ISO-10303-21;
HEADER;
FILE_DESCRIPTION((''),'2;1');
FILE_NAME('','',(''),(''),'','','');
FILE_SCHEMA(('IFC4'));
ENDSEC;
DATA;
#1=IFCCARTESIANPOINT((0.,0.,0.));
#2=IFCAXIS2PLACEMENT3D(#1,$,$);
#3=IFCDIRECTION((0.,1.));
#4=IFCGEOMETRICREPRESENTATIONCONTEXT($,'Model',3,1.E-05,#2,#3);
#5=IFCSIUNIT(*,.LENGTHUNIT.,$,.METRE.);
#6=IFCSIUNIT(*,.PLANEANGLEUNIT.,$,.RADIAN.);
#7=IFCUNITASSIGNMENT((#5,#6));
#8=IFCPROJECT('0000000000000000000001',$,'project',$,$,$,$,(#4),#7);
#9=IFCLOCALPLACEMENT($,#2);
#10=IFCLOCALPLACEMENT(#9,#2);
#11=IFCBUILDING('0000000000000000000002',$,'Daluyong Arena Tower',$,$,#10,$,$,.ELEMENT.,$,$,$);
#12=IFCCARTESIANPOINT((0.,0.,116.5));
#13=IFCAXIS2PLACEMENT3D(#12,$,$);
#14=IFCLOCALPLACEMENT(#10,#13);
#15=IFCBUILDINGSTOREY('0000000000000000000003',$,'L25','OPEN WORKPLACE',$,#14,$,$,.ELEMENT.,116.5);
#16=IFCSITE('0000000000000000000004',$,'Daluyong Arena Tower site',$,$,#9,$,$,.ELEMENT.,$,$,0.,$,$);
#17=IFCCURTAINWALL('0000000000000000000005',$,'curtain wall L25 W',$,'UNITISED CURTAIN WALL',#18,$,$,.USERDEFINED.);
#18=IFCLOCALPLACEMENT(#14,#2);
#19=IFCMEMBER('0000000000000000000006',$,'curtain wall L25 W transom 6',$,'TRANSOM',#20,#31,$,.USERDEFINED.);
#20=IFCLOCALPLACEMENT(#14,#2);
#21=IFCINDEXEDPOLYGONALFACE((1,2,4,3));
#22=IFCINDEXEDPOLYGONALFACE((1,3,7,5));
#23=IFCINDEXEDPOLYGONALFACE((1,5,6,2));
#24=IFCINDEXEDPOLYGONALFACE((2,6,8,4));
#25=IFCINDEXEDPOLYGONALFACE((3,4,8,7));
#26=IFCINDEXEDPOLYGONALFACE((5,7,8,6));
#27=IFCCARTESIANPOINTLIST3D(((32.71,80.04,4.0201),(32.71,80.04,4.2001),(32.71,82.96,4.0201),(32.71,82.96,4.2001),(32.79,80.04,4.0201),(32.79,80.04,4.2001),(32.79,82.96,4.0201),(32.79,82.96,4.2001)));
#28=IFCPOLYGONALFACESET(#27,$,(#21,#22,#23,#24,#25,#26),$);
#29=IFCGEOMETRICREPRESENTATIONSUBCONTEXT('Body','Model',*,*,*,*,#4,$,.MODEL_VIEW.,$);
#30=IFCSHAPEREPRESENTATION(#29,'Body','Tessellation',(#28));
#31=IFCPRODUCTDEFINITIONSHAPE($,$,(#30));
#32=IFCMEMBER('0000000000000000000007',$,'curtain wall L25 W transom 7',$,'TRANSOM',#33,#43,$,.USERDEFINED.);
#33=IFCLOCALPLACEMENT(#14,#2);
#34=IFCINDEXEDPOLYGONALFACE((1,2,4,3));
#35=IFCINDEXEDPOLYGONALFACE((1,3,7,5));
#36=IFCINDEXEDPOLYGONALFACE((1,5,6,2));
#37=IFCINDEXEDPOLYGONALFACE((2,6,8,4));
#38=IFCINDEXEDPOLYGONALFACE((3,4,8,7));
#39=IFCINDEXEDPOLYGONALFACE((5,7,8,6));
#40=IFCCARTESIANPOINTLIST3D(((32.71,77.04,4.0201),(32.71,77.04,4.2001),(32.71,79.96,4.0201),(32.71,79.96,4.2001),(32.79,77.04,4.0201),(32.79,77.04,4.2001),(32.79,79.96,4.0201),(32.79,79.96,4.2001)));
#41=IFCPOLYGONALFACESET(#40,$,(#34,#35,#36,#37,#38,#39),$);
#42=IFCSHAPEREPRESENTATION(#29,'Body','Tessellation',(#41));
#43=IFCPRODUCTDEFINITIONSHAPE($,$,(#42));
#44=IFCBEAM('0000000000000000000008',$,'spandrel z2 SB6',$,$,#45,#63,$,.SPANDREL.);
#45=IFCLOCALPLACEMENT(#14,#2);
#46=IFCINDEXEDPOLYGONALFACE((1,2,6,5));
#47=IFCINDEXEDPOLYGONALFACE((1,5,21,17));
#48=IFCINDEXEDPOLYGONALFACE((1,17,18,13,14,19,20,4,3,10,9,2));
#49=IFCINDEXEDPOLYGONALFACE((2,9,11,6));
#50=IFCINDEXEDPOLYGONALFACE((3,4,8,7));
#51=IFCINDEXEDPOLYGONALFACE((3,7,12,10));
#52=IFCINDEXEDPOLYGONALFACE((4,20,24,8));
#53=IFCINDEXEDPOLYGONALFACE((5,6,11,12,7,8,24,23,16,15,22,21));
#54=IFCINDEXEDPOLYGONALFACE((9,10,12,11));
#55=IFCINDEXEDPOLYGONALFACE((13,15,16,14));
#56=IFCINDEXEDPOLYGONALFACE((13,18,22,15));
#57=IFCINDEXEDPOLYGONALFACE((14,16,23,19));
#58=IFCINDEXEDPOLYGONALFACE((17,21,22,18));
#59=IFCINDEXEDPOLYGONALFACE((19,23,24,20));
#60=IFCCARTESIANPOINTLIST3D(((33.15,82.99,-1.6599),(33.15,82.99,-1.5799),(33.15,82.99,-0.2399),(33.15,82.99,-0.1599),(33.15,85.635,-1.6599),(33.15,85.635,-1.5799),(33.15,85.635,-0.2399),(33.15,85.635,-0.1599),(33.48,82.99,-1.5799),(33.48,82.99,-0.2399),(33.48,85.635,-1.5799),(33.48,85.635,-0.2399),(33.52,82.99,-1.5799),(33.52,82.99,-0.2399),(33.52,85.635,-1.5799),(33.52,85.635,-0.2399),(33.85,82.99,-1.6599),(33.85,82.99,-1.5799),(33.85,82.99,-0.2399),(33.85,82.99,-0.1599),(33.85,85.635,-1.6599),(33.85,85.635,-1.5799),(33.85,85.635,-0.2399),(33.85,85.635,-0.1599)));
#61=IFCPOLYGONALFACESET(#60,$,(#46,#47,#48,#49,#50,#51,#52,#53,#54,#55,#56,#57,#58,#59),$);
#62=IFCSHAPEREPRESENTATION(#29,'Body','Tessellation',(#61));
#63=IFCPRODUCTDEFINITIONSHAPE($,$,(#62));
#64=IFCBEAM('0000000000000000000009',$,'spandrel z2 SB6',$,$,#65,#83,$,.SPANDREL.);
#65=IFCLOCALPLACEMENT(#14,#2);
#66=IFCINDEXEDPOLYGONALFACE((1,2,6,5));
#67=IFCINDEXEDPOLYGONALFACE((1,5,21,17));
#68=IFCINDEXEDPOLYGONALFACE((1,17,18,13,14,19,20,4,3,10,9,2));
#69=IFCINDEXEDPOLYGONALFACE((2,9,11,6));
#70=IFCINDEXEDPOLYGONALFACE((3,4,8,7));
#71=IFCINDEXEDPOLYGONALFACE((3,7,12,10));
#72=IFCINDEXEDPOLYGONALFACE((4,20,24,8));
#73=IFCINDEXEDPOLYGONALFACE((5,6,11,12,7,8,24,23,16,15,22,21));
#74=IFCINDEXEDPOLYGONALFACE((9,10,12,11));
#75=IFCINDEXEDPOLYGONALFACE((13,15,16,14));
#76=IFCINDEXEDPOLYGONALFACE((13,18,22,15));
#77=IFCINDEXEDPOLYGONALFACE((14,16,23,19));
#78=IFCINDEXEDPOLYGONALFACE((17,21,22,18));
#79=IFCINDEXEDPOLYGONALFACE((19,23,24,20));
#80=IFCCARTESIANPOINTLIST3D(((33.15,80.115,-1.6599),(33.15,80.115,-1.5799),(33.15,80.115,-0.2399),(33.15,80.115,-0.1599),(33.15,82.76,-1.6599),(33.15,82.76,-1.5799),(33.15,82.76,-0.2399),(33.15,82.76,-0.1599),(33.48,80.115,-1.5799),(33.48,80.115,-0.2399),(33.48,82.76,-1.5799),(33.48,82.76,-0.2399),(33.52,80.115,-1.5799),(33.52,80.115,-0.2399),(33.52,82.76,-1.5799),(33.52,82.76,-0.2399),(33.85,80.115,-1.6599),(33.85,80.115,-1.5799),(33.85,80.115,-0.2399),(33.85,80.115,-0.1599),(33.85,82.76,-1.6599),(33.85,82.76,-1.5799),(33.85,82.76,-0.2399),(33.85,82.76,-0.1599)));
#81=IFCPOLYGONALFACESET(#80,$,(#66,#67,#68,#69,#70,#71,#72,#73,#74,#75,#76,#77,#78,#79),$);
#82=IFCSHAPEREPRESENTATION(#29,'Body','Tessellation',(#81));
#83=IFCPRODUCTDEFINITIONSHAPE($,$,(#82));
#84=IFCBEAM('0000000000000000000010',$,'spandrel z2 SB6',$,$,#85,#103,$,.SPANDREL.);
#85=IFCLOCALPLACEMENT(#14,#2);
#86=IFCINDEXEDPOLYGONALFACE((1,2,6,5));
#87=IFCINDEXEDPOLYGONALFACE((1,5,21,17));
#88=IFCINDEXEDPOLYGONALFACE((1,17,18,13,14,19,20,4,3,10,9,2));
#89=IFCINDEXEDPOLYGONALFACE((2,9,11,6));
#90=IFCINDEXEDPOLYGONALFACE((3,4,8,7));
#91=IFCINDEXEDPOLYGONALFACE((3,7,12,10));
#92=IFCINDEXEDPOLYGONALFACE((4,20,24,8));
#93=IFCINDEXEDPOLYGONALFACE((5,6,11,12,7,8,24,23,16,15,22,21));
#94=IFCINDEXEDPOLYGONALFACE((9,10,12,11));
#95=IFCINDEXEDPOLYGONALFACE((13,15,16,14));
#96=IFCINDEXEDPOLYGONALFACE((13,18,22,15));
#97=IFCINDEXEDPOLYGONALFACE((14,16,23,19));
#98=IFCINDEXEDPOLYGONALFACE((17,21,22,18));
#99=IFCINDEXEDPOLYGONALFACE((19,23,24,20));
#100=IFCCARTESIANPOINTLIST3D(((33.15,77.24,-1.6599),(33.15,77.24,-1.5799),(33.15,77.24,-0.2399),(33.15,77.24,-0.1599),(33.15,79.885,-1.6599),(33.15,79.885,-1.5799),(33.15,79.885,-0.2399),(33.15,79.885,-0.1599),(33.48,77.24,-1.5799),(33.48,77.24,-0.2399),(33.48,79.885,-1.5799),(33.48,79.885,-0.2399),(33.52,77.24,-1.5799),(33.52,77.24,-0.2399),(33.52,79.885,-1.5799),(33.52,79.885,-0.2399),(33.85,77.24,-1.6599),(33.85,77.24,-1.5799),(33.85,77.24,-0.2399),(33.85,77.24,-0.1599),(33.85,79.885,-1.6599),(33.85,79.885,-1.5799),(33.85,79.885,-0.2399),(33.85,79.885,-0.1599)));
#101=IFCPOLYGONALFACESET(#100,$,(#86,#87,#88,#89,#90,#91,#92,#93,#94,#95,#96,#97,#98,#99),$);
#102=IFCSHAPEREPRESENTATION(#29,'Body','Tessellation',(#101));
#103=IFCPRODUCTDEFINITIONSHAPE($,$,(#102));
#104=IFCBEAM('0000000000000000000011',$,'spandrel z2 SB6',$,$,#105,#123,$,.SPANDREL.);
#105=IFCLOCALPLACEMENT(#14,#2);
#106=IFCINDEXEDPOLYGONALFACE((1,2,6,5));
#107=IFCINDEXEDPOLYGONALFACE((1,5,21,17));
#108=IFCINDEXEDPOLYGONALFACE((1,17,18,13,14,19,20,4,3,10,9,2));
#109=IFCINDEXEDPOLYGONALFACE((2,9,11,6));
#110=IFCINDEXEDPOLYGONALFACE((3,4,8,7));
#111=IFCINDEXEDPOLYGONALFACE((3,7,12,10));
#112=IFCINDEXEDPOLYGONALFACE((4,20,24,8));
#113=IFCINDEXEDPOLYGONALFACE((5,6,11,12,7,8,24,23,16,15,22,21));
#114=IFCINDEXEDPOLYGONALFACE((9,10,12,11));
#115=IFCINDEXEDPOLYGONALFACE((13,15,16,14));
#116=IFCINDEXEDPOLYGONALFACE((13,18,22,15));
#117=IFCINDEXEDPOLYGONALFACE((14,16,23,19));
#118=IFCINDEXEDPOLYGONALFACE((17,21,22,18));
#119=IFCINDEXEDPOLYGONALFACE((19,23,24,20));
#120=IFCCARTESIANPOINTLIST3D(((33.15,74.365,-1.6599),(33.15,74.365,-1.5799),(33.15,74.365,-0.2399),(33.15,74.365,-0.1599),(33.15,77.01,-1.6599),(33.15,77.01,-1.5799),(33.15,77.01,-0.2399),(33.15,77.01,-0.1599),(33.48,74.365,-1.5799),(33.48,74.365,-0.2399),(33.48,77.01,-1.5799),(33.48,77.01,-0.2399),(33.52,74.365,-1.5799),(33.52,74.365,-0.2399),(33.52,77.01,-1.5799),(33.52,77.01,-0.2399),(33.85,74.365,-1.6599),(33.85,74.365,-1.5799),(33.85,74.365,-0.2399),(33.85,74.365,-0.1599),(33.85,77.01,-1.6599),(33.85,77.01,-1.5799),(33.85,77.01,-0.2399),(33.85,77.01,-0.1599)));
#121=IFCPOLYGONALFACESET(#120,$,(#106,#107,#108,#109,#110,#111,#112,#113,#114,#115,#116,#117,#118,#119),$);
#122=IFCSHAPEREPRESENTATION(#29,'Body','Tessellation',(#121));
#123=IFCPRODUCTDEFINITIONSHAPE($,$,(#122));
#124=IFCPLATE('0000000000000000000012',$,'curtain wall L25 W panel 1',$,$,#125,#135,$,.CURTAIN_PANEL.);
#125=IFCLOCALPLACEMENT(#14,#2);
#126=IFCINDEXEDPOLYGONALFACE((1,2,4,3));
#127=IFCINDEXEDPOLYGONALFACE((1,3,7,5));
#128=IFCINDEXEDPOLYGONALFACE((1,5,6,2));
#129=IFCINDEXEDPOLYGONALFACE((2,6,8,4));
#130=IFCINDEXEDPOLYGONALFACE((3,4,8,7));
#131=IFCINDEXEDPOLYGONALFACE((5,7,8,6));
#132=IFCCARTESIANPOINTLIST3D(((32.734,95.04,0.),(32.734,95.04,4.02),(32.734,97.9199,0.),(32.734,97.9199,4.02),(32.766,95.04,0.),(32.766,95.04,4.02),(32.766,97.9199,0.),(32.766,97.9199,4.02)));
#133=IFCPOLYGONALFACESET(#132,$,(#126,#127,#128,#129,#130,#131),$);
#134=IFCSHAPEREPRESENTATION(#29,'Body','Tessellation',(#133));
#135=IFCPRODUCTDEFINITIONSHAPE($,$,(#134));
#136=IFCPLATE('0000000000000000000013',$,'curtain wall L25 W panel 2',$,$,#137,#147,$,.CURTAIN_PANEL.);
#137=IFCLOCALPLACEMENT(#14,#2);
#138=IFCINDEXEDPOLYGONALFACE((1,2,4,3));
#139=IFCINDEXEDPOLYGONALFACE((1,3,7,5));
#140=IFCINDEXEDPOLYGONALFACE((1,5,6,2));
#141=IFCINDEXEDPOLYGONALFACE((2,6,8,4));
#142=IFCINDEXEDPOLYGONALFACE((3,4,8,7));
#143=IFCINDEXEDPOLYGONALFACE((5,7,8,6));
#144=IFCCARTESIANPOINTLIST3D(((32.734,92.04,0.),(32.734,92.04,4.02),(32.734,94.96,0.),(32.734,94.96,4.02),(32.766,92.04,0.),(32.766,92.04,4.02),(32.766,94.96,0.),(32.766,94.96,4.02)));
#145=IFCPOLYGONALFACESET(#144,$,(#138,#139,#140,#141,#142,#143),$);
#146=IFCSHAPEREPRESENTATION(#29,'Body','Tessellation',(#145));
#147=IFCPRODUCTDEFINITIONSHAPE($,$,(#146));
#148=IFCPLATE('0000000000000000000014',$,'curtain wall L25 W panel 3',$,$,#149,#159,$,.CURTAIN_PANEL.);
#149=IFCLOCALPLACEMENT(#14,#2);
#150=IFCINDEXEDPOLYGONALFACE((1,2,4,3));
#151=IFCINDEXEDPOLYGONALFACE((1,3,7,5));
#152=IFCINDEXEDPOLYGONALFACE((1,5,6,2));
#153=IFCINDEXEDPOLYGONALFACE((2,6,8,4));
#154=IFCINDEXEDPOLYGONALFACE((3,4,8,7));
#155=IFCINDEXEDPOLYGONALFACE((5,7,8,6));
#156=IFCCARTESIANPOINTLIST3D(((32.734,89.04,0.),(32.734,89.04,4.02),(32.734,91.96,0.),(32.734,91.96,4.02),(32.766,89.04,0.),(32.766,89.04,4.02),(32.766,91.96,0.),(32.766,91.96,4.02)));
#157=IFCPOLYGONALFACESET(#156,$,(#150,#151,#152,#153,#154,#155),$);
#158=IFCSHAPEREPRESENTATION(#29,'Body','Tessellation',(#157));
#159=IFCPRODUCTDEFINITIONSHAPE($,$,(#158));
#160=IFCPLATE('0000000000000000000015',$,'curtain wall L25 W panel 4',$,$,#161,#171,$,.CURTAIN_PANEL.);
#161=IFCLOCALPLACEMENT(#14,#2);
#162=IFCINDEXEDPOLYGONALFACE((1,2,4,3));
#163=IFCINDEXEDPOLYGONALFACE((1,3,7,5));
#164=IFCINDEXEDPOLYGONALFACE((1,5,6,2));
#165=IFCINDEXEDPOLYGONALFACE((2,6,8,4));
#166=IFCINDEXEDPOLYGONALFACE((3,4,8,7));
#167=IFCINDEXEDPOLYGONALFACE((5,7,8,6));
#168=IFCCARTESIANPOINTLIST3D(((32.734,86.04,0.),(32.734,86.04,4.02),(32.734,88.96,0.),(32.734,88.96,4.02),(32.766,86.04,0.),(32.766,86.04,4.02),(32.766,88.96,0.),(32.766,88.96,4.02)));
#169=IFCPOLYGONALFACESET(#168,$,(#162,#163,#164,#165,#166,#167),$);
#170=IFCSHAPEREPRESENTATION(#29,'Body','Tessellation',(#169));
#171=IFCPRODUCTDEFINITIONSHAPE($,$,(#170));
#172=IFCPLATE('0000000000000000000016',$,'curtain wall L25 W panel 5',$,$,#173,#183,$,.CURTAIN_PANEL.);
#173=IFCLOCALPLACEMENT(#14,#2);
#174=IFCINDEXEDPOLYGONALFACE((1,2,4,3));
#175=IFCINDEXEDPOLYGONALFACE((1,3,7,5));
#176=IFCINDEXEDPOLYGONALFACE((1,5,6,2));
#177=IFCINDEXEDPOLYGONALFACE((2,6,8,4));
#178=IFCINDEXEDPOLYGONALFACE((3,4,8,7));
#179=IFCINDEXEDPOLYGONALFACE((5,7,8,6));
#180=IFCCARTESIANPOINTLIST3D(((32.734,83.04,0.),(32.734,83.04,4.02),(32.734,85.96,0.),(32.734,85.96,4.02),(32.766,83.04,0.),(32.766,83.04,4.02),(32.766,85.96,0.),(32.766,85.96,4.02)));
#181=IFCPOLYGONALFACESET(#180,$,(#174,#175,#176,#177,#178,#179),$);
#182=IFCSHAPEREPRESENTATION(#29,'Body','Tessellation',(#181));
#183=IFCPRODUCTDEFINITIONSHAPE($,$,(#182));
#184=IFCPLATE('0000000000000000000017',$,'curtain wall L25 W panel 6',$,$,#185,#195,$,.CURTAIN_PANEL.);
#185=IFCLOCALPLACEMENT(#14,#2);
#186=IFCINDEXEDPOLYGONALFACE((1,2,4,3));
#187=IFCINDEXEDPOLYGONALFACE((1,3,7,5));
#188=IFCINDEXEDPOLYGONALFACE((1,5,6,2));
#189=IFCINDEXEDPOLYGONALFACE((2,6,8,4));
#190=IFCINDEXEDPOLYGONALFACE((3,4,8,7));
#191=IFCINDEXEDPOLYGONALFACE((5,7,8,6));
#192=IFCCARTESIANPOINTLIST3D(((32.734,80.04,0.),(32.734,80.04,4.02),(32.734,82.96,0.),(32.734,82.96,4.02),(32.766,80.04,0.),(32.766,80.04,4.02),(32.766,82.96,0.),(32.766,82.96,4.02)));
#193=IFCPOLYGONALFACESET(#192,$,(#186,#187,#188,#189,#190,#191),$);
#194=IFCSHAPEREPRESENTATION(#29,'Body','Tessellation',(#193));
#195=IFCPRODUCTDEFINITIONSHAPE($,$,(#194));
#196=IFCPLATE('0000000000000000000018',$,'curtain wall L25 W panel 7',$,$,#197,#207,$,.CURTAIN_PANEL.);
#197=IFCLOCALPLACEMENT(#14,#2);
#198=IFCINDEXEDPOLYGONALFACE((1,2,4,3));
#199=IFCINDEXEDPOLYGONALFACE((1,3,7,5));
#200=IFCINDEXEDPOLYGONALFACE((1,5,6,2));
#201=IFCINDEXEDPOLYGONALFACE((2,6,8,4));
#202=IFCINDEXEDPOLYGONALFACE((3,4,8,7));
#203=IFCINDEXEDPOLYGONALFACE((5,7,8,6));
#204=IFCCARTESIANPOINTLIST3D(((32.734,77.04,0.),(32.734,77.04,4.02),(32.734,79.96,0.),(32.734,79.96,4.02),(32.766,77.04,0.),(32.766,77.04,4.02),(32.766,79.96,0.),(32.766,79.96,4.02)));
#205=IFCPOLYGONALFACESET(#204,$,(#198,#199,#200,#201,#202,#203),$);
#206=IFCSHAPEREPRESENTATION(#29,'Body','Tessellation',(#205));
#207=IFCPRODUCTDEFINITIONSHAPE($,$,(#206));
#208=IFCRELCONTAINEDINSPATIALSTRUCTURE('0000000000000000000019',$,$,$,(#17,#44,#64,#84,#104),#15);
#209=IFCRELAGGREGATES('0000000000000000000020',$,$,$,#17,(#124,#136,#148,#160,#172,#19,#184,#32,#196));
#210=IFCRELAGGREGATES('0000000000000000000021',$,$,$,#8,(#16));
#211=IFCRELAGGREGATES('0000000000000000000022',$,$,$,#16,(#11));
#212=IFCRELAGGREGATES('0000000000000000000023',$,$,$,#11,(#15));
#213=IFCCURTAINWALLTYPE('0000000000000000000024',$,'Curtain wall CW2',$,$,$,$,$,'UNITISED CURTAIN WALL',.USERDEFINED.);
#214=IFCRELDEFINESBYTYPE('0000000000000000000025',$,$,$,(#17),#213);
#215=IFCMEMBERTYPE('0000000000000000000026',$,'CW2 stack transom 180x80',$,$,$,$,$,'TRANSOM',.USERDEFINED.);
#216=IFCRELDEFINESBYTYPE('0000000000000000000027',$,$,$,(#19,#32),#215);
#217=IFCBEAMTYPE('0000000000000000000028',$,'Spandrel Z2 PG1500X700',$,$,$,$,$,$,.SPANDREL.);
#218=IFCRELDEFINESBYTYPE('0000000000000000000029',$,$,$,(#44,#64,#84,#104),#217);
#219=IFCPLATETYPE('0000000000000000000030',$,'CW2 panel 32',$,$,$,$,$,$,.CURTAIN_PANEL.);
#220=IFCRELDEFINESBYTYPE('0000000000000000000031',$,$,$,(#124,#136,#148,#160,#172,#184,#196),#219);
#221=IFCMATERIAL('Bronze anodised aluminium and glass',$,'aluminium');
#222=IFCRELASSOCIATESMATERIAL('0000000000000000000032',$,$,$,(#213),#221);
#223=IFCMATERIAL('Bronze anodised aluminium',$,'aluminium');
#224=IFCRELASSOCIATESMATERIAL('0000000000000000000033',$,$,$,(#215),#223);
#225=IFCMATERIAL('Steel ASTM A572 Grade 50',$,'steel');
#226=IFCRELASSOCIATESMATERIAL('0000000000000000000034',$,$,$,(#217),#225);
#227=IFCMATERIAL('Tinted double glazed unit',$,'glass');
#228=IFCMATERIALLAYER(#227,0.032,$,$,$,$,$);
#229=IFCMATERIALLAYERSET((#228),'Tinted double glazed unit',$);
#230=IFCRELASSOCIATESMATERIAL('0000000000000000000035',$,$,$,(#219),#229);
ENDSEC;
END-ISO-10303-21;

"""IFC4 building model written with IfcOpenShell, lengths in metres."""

from ifc_helpers import new_model, si_unit, direction, frame, origin, origin_2d, place, context, subcontext, project, spatial, rectangle, i_section, extrude, material, layer, layer_set, material_profile, profile_set, type_object, element, aggregate, save


model = new_model("IFC4")

# Units and contexts
model_context = context("Model", 3, precision=1e-05, world=origin(), true_north=direction((0.0, 1.0)))
body_context = subcontext(model_context, "Body", "Model", "MODEL_VIEW")
ifc_project = project(units=[si_unit("LENGTHUNIT", "METRE"), si_unit("PLANEANGLEUNIT", "RADIAN")], contexts=[model_context])

# Site, building, storey
site_placement = place(None, origin())
site = spatial("IfcSite", under=ifc_project, at=site_placement, Name="Daluyong Arena Tower site", CompositionType="ELEMENT", RefElevation=0.0)
building_placement = place(site_placement, origin())
building = spatial("IfcBuilding", under=site, at=building_placement, Name="Daluyong Arena Tower", CompositionType="ELEMENT")
storey_placement = place(building_placement, frame((0.0, 0.0, 116.5)))
storey = spatial("IfcBuildingStorey", under=building, at=storey_placement, Name="L25", Description="OPEN WORKPLACE", CompositionType="ELEMENT", Elevation=116.5)

# Curtain wall, members
ifc_material_1 = material(Name="Bronze anodised aluminium and glass", Category="aluminium")
curtain_wall_type = type_object("IfcCurtainWallType", Name="Curtain wall CW2", ElementType="UNITISED CURTAIN WALL", PredefinedType="USERDEFINED", material=ifc_material_1)
curtain_wall_placement = place(storey_placement, origin())
curtain_wall = element("IfcCurtainWall", 1, at=curtain_wall_placement, inside=storey, type_object=curtain_wall_type, Name="curtain wall L25 W", ObjectType="UNITISED CURTAIN WALL", PredefinedType="USERDEFINED")
ifc_material_2 = material(Name="Bronze anodised aluminium", Category="aluminium")
ifc_material_profile_1 = material_profile(ifc_material_2, rectangle(XDim=0.0801, YDim=0.1799, at=origin_2d()))
ifc_profile_set_1 = profile_set([ifc_material_profile_1], Name="Bronze anodised aluminium")
member_type_1 = type_object("IfcMemberType", Name="CW2 stack transom 180x80", ElementType="TRANSOM", PredefinedType="USERDEFINED", material=ifc_profile_set_1)
member_1_placement = place(storey_placement, frame((32.75, 82.96, 4.1101), z_axis=(0.0, -1.0, 0.0), x_axis=(1.0, 0.0, 0.0)))
member_1 = element("IfcMember", 2, at=member_1_placement, type_object=member_type_1, Name="curtain wall L25 W transom 6", ObjectType="TRANSOM", PredefinedType="USERDEFINED", context=body_context, shape_type="SweptSolid", body=[
    extrude(rectangle(XDim=0.0801, YDim=0.1799, at=origin_2d()), origin(), (0.0, 0.0, 1.0), 2.9199),
])
member_2_placement = place(storey_placement, frame((32.75, 79.96, 4.1101), z_axis=(0.0, -1.0, 0.0), x_axis=(1.0, 0.0, 0.0)))
member_2 = element("IfcMember", 3, at=member_2_placement, type_object=member_type_1, Name="curtain wall L25 W transom 7", ObjectType="TRANSOM", PredefinedType="USERDEFINED", context=body_context, shape_type="SweptSolid", body=[
    extrude(rectangle(XDim=0.0801, YDim=0.1799, at=origin_2d()), origin(), (0.0, 0.0, 1.0), 2.9199),
])

# Beams
ifc_material_3 = material(Name="Steel ASTM A572 Grade 50", Category="steel")
ifc_material_profile_2 = material_profile(ifc_material_3, i_section(OverallWidth=0.7, OverallDepth=1.5, WebThickness=0.04, FlangeThickness=0.08, at=origin_2d()))
ifc_profile_set_2 = profile_set([ifc_material_profile_2], Name="Steel ASTM A572 Grade 50")
beam_type = type_object("IfcBeamType", Name="Spandrel Z2 PG1500X700", PredefinedType="SPANDREL", material=ifc_profile_set_2)
for number, where, z_axis, x_axis, name in (
    (4, (33.5, 85.635, -0.9099), (0.0, -1.0, 0.0), (1.0, 0.0, 0.0), "spandrel z2 SB6"),
    (5, (33.5, 82.76, -0.9099), (0.0, -1.0, 0.0), (1.0, 0.0, 0.0), "spandrel z2 SB6"),
    (6, (33.5, 79.885, -0.9099), (0.0, -1.0, 0.0), (1.0, 0.0, 0.0), "spandrel z2 SB6"),
    (7, (33.5, 77.01, -0.9099), (0.0, -1.0, 0.0), (1.0, 0.0, 0.0), "spandrel z2 SB6"),
):
    element("IfcBeam", number, at=place(storey_placement, frame(where, z_axis=z_axis, x_axis=x_axis)), inside=storey, type_object=beam_type, Name=name, PredefinedType="SPANDREL", context=body_context, shape_type="SweptSolid", body=[
        extrude(i_section(OverallWidth=0.7, OverallDepth=1.5, WebThickness=0.04, FlangeThickness=0.08, at=origin_2d()), origin(), (0.0, 0.0, 1.0), 2.645),
    ])

# Plates
ifc_material_4 = material(Name="Tinted double glazed unit", Category="glass")
ifc_layer_1 = layer(ifc_material_4, 0.032)
ifc_layer_set_1 = layer_set([ifc_layer_1], Name="Tinted double glazed unit")
plate_type = type_object("IfcPlateType", Name="CW2 panel 32", PredefinedType="CURTAIN_PANEL", material=ifc_layer_set_1)
plate_1_placement = place(storey_placement, frame((32.75, 96.48, 0.0), z_axis=(0.0, 0.0, 1.0), x_axis=(0.0, -1.0, 0.0)))
plate_1 = element("IfcPlate", 8, at=plate_1_placement, type_object=plate_type, Name="curtain wall L25 W panel 1", PredefinedType="CURTAIN_PANEL", context=body_context, shape_type="SweptSolid", body=[
    extrude(rectangle(XDim=2.8799, YDim=0.032, at=origin_2d()), origin(), (0.0, 0.0, 1.0), 4.02),
])
plate_2_placement = place(storey_placement, frame((32.75, 93.5, 0.0), z_axis=(0.0, 0.0, 1.0), x_axis=(0.0, -1.0, 0.0)))
plate_2 = element("IfcPlate", 9, at=plate_2_placement, type_object=plate_type, Name="curtain wall L25 W panel 2", PredefinedType="CURTAIN_PANEL", context=body_context, shape_type="SweptSolid", body=[
    extrude(rectangle(XDim=2.9199, YDim=0.032, at=origin_2d()), origin(), (0.0, 0.0, 1.0), 4.02),
])
plate_3_placement = place(storey_placement, frame((32.75, 90.5, 0.0), z_axis=(0.0, 0.0, 1.0), x_axis=(0.0, -1.0, 0.0)))
plate_3 = element("IfcPlate", 10, at=plate_3_placement, type_object=plate_type, Name="curtain wall L25 W panel 3", PredefinedType="CURTAIN_PANEL", context=body_context, shape_type="SweptSolid", body=[
    extrude(rectangle(XDim=2.9199, YDim=0.032, at=origin_2d()), origin(), (0.0, 0.0, 1.0), 4.02),
])
plate_4_placement = place(storey_placement, frame((32.75, 87.5, 0.0), z_axis=(0.0, 0.0, 1.0), x_axis=(0.0, -1.0, 0.0)))
plate_4 = element("IfcPlate", 11, at=plate_4_placement, type_object=plate_type, Name="curtain wall L25 W panel 4", PredefinedType="CURTAIN_PANEL", context=body_context, shape_type="SweptSolid", body=[
    extrude(rectangle(XDim=2.9199, YDim=0.032, at=origin_2d()), origin(), (0.0, 0.0, 1.0), 4.02),
])
plate_5_placement = place(storey_placement, frame((32.75, 84.5, 0.0), z_axis=(0.0, 0.0, 1.0), x_axis=(0.0, -1.0, 0.0)))
plate_5 = element("IfcPlate", 12, at=plate_5_placement, type_object=plate_type, Name="curtain wall L25 W panel 5", PredefinedType="CURTAIN_PANEL", context=body_context, shape_type="SweptSolid", body=[
    extrude(rectangle(XDim=2.9199, YDim=0.032, at=origin_2d()), origin(), (0.0, 0.0, 1.0), 4.02),
])
plate_6_placement = place(storey_placement, frame((32.75, 81.5, 0.0), z_axis=(0.0, 0.0, 1.0), x_axis=(0.0, -1.0, 0.0)))
plate_6 = element("IfcPlate", 13, at=plate_6_placement, type_object=plate_type, Name="curtain wall L25 W panel 6", PredefinedType="CURTAIN_PANEL", context=body_context, shape_type="SweptSolid", body=[
    extrude(rectangle(XDim=2.9199, YDim=0.032, at=origin_2d()), origin(), (0.0, 0.0, 1.0), 4.02),
])
plate_7_placement = place(storey_placement, frame((32.75, 78.5, 0.0), z_axis=(0.0, 0.0, 1.0), x_axis=(0.0, -1.0, 0.0)))
plate_7 = element("IfcPlate", 14, at=plate_7_placement, type_object=plate_type, Name="curtain wall L25 W panel 7", PredefinedType="CURTAIN_PANEL", context=body_context, shape_type="SweptSolid", body=[
    extrude(rectangle(XDim=2.9199, YDim=0.032, at=origin_2d()), origin(), (0.0, 0.0, 1.0), 4.02),
])
aggregate(curtain_wall, [plate_1, plate_2, plate_3, plate_4, plate_5, member_1, plate_6, member_2, plate_7])

save(model, "model.ifc")
